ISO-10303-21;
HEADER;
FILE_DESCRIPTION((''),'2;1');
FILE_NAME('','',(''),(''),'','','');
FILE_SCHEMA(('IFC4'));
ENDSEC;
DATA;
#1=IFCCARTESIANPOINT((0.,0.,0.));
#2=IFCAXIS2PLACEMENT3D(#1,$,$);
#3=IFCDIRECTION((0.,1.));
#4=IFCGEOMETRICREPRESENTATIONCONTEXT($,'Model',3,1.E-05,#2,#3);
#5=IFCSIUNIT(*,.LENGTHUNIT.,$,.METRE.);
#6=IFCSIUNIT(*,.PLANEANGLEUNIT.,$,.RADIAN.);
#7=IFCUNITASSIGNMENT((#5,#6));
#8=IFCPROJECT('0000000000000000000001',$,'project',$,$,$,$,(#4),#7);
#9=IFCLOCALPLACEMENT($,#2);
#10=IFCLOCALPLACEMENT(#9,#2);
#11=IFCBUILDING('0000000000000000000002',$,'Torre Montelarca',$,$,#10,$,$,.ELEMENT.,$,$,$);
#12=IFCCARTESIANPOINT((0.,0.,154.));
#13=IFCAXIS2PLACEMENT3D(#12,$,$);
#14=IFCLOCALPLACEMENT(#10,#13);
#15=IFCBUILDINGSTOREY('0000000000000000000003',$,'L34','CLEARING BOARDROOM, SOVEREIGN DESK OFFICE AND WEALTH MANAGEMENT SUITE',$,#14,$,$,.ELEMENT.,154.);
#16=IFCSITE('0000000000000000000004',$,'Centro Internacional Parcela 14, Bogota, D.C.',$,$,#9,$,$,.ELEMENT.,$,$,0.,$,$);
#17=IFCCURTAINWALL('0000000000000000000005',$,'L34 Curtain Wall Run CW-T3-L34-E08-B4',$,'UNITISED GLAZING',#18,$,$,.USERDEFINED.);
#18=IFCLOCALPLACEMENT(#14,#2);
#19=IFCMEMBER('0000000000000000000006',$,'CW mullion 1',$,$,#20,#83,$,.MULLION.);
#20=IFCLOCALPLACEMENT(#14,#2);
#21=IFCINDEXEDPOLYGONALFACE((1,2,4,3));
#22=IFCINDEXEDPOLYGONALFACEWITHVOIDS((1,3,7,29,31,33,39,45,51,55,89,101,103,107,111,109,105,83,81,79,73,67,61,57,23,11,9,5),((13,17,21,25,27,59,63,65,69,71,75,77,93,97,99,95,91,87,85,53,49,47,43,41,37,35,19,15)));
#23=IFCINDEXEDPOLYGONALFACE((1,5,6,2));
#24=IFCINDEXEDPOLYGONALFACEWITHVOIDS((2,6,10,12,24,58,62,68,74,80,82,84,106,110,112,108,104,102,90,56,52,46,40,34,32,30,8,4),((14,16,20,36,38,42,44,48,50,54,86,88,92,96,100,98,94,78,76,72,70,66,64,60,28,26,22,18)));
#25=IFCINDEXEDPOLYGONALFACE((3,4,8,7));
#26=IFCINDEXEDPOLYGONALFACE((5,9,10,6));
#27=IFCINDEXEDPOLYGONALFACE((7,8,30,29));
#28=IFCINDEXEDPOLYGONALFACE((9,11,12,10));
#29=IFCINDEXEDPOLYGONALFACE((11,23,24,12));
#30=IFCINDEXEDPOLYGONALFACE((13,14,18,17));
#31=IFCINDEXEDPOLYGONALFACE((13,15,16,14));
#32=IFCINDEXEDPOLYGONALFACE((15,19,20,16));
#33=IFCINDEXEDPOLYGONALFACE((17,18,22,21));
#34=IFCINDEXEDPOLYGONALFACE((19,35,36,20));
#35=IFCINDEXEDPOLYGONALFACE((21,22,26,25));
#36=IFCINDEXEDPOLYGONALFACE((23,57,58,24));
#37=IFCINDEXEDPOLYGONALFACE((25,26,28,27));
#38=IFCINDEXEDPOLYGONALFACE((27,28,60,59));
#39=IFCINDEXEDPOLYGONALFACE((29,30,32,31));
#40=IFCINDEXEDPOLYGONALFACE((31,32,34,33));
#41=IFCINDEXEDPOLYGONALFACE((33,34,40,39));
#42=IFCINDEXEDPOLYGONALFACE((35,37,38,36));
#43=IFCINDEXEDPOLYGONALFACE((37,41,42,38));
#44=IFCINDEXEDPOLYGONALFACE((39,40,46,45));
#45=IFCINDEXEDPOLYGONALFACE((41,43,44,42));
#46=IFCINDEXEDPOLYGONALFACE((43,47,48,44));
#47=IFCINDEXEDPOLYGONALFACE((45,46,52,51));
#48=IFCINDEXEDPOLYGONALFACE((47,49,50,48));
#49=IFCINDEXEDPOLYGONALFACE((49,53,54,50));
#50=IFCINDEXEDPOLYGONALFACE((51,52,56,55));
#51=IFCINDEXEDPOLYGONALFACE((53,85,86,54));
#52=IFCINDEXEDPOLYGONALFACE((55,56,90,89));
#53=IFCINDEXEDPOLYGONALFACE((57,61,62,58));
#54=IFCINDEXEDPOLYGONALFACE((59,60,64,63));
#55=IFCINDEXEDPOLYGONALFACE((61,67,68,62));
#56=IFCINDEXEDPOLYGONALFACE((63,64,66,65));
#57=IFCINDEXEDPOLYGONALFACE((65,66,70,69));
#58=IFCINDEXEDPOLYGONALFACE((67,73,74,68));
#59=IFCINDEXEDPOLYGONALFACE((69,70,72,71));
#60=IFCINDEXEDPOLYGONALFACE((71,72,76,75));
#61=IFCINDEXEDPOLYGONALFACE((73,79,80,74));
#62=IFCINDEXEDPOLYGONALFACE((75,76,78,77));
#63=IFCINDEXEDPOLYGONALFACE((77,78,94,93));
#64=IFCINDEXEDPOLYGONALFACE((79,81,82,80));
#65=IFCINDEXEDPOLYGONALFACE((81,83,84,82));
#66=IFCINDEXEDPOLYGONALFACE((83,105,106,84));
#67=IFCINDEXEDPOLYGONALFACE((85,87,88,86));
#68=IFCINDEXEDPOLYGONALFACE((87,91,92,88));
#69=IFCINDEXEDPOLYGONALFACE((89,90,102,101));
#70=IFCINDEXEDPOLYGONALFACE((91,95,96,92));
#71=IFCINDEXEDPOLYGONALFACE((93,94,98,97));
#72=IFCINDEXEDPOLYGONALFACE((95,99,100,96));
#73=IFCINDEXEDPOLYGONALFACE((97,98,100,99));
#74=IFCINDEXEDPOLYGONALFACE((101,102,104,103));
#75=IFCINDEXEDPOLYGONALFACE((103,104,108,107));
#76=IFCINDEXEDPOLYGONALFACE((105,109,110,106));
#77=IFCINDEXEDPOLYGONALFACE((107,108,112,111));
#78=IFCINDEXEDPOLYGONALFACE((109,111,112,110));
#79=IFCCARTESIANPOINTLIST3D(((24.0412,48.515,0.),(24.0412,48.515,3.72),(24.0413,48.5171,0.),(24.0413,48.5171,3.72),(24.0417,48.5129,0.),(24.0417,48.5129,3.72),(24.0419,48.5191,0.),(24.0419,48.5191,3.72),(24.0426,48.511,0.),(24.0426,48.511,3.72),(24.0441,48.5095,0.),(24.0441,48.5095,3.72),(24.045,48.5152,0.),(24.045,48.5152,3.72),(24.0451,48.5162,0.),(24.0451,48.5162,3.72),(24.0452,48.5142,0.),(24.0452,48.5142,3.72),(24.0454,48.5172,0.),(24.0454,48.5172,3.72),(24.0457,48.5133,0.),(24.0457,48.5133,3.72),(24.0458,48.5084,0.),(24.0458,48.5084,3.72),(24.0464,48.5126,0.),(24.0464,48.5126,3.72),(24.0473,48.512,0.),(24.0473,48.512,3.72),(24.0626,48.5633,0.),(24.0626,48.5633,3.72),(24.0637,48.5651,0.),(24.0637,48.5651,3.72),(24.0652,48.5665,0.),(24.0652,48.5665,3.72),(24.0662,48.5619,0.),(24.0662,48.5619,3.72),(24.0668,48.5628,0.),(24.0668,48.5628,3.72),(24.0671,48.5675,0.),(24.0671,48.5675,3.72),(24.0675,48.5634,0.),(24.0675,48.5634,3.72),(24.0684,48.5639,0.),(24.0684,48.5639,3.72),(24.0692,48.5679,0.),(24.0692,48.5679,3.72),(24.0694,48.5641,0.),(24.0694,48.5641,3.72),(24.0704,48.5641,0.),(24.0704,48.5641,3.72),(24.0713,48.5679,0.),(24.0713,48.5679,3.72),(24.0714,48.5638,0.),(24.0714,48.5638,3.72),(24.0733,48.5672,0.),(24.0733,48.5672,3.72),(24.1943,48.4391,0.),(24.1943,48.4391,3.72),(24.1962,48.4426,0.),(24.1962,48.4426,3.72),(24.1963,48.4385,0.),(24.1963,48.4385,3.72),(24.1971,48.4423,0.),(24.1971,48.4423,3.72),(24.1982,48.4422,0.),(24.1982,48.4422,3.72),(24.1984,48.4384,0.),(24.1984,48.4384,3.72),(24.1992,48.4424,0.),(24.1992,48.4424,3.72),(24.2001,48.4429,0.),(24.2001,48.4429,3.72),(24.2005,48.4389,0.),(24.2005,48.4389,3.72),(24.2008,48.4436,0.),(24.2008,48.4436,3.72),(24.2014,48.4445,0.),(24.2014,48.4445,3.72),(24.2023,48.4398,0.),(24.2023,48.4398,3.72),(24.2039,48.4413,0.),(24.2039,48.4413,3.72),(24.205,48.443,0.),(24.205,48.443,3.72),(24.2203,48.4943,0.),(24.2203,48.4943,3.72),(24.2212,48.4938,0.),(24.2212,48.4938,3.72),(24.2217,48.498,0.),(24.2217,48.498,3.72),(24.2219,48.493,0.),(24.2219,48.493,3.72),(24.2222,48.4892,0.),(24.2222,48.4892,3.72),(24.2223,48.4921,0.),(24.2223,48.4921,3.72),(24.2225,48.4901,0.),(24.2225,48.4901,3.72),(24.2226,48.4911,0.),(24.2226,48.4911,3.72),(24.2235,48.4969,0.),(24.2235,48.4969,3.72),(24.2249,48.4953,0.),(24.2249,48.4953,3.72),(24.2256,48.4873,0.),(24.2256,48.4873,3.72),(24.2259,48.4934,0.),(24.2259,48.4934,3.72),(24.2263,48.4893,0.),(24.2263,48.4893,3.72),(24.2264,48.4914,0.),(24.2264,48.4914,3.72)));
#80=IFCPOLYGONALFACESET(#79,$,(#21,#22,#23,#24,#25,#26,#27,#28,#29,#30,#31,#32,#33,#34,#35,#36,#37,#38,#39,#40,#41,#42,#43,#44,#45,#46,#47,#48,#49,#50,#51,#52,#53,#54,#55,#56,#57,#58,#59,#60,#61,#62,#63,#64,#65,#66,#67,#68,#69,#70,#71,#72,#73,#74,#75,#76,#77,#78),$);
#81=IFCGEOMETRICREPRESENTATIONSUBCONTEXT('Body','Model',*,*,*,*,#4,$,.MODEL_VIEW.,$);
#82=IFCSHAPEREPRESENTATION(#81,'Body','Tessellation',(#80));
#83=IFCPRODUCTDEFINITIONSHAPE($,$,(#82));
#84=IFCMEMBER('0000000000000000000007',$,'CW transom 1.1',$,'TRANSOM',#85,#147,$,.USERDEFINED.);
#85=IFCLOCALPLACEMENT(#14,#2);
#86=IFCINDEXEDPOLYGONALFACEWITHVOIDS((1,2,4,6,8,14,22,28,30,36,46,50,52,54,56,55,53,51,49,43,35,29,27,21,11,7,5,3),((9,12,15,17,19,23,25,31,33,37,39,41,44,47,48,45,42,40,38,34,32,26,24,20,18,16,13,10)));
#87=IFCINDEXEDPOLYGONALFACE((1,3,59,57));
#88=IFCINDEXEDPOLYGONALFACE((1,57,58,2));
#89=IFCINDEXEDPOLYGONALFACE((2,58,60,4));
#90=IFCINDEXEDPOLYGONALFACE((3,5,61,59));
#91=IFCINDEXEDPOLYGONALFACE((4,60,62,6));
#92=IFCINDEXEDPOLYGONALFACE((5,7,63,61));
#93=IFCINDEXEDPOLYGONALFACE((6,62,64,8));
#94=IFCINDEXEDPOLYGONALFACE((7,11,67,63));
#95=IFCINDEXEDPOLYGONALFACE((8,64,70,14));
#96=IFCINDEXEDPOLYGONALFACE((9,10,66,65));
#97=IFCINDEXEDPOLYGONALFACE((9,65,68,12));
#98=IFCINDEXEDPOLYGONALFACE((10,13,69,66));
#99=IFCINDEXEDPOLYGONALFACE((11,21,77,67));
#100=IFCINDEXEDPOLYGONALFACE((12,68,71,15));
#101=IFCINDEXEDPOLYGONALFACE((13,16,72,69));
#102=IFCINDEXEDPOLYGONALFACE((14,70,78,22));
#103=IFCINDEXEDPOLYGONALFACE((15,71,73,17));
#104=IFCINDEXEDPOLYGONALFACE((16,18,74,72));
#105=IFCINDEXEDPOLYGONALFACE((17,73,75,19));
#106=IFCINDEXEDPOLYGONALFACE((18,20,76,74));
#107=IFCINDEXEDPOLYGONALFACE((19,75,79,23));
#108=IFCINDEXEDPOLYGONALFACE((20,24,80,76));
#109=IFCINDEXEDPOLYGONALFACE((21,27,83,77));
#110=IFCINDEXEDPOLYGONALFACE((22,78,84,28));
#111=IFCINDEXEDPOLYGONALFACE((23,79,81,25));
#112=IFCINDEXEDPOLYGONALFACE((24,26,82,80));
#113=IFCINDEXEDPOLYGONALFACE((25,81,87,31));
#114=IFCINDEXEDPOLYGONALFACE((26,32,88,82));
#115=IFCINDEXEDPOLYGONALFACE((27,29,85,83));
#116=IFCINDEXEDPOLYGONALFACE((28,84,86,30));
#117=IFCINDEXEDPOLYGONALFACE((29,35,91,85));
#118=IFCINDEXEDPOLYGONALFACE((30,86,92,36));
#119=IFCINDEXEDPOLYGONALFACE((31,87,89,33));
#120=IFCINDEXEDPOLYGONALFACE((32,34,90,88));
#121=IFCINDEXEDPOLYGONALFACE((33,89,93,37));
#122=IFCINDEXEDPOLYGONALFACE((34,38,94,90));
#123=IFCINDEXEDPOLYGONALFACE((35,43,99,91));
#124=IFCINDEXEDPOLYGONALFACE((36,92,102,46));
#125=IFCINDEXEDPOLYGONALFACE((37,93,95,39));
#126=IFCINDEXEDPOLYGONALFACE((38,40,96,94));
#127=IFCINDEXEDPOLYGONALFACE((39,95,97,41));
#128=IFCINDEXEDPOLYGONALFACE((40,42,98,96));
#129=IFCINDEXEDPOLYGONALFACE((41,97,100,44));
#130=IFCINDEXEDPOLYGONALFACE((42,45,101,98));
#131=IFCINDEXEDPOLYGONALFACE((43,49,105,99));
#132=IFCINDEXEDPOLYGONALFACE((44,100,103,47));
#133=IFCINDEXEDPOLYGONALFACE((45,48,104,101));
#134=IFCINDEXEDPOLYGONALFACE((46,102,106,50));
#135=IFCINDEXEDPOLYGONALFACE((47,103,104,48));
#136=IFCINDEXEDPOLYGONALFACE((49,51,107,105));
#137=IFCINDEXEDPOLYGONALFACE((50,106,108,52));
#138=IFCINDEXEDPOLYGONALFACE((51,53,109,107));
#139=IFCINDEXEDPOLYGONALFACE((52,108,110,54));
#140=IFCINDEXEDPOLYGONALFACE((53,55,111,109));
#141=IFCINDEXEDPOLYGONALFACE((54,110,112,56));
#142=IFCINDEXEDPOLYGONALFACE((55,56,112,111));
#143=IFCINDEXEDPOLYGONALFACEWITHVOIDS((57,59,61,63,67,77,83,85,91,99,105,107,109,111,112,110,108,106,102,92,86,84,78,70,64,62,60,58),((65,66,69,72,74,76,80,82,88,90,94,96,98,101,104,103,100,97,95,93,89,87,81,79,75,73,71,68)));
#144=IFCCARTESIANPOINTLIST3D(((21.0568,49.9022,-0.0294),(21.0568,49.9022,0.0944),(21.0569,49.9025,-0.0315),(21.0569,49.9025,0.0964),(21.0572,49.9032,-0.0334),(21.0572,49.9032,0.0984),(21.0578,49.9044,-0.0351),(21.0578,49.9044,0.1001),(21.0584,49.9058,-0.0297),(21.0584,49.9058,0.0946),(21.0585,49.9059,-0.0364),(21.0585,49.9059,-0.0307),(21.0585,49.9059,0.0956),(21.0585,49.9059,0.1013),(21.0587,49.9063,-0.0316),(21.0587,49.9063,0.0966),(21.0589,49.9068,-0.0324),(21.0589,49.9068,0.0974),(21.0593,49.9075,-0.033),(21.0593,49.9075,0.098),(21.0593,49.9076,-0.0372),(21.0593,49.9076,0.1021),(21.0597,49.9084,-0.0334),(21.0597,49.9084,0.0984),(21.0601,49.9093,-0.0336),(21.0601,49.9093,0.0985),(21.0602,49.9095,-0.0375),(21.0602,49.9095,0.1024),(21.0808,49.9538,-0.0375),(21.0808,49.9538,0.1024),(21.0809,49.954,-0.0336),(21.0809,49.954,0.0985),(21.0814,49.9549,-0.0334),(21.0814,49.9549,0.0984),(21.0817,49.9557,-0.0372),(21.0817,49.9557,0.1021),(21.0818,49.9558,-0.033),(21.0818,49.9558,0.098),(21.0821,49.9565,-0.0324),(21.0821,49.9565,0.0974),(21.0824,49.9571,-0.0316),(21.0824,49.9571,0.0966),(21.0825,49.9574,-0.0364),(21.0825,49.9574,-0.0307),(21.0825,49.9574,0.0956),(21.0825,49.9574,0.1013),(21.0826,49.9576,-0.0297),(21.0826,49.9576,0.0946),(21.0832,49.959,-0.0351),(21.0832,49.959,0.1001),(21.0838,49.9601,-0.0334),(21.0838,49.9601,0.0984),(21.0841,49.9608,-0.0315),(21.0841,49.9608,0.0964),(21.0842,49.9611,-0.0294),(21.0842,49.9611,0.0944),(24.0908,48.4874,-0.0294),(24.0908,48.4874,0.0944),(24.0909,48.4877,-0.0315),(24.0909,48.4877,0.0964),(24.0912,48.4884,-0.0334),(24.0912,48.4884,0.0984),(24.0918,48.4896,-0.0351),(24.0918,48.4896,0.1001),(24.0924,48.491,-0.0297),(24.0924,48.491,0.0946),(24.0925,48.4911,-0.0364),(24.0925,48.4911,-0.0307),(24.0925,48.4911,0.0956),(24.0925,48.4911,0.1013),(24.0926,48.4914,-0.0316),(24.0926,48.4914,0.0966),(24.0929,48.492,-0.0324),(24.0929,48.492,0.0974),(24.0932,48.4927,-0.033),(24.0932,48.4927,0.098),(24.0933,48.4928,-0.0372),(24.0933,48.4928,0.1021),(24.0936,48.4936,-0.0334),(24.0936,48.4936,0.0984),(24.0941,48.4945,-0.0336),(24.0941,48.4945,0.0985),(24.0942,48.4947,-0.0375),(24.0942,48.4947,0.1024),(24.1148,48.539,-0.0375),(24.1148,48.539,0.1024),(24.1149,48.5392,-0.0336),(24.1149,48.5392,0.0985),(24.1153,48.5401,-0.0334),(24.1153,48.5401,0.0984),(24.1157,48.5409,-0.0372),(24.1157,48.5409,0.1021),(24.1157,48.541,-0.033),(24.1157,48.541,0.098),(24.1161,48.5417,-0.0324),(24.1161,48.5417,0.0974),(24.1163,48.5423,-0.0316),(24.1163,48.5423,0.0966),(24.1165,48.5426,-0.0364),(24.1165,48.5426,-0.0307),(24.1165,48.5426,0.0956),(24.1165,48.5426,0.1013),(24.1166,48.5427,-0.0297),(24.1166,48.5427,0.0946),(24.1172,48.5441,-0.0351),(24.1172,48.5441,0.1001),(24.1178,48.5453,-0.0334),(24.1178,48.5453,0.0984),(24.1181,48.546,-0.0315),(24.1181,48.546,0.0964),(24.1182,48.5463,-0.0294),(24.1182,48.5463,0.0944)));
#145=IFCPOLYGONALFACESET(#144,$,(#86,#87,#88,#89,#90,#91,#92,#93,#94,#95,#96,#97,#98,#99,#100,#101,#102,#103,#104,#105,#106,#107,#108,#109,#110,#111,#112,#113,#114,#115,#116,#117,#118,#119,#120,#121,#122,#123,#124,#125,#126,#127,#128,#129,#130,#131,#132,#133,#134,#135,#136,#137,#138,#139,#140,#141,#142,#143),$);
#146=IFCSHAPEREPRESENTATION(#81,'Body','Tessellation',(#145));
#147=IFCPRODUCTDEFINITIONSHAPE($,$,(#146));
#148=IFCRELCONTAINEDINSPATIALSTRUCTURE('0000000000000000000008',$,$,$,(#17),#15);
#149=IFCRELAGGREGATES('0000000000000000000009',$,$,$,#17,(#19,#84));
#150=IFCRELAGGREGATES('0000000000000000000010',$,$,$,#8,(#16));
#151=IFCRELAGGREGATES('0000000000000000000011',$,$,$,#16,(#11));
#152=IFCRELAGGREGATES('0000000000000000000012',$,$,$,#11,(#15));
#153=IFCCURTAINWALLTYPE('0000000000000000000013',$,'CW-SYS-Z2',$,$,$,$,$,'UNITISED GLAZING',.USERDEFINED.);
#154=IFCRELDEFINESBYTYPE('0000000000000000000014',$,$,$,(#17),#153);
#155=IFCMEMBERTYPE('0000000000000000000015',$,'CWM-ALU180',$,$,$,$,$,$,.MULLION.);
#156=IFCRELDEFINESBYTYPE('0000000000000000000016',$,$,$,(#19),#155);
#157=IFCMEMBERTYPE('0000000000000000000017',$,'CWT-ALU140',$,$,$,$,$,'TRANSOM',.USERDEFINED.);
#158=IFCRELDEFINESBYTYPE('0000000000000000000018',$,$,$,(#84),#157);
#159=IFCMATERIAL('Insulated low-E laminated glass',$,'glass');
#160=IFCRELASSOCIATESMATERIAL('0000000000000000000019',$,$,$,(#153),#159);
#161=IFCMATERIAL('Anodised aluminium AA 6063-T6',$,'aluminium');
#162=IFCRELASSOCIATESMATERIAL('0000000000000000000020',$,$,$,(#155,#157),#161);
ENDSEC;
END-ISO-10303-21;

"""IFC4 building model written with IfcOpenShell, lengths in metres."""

from ifc_helpers import new_model, si_unit, direction, frame, origin, origin_2d, place, context, subcontext, project, spatial, hollow_rectangle, extrude, source, transform, mapped, material, material_profile, profile_set, type_object, element, aggregate, save


model = new_model("IFC4")

# Units and contexts
model_context = context("Model", 3, precision=1e-05, world=origin(), true_north=direction((0.0, 1.0)))
body_context = subcontext(model_context, "Body", "Model", "MODEL_VIEW")
ifc_project = project(units=[si_unit("LENGTHUNIT", "METRE"), si_unit("PLANEANGLEUNIT", "RADIAN")], contexts=[model_context])

# Site, building, storey
site_placement = place(None, origin())
site = spatial("IfcSite", under=ifc_project, at=site_placement, Name="Centro Internacional Parcela 14, Bogota, D.C.", CompositionType="ELEMENT", RefElevation=0.0)
building_placement = place(site_placement, origin())
building = spatial("IfcBuilding", under=site, at=building_placement, Name="Torre Montelarca", CompositionType="ELEMENT")
storey_placement = place(building_placement, frame((0.0, 0.0, 154.0)))
storey = spatial("IfcBuildingStorey", under=building, at=storey_placement, Name="L34", Description="CLEARING BOARDROOM, SOVEREIGN DESK OFFICE AND WEALTH MANAGEMENT SUITE", CompositionType="ELEMENT", Elevation=154.0)

# Shared definitions
ifc_material_1 = material(Name="Insulated low-E laminated glass", Category="glass")
curtain_wall_type = type_object("IfcCurtainWallType", Name="CW-SYS-Z2", ElementType="UNITISED GLAZING", PredefinedType="USERDEFINED", material=ifc_material_1)
ifc_material_2 = material(Name="Anodised aluminium AA 6063-T6", Category="aluminium")
ifc_material_profile_1 = material_profile(ifc_material_2, hollow_rectangle(XDim=0.0649, YDim=0.1799, WallThickness=0.0039, InnerFilletRadius=0.0039, OuterFilletRadius=0.0081, at=origin_2d()), Name="ALU65X180X4", Category="aluminium")
ifc_profile_set_1 = profile_set([ifc_material_profile_1], Name="Anodised aluminium AA 6063-T6")
member_type_1 = type_object("IfcMemberType", Name="CWM-ALU180", PredefinedType="MULLION", material=ifc_profile_set_1)
shared_shape_1 = source(origin(), body_context, "Body", "SweptSolid", [
    extrude(hollow_rectangle(XDim=0.0649, YDim=0.1799, WallThickness=0.0039, InnerFilletRadius=0.0039, OuterFilletRadius=0.0081, at=origin_2d()), origin(), (0.0, 0.0, 1.0), 3.72),
])

# Curtain wall, members
curtain_wall_1_placement = place(storey_placement, origin())
curtain_wall_1 = element("IfcCurtainWall", 1, at=curtain_wall_1_placement, inside=storey, type_object=curtain_wall_type, Name="L34 Curtain Wall Run CW-T3-L34-E08-B4", ObjectType="UNITISED GLAZING", PredefinedType="USERDEFINED")
member_1_placement = place(storey_placement, frame((24.1338, 48.5032, 0.0), z_axis=(0.0, 0.0, 1.0), x_axis=(-0.422606, -0.906314, 0.0)))
member_1 = element("IfcMember", 2, at=member_1_placement, type_object=member_type_1, Name="CW mullion 1", PredefinedType="MULLION", context=body_context, shape_type="MappedRepresentation", body=[
    mapped(shared_shape_1, transform((0.0, 0.0, 0.0), scale=1.0)),
])
ifc_material_profile_2 = material_profile(ifc_material_2, hollow_rectangle(XDim=0.0649, YDim=0.1399, WallThickness=0.0039, InnerFilletRadius=0.0039, OuterFilletRadius=0.0081, at=origin_2d()), Name="ALU65X140X4", Category="aluminium")
ifc_profile_set_2 = profile_set([ifc_material_profile_2], Name="Anodised aluminium AA 6063-T6")
member_type_2 = type_object("IfcMemberType", Name="CWT-ALU140", ElementType="TRANSOM", PredefinedType="USERDEFINED", material=ifc_profile_set_2)
shared_shape_2 = source(origin(), body_context, "Body", "SweptSolid", [
    extrude(hollow_rectangle(XDim=0.0649, YDim=0.1399, WallThickness=0.0039, InnerFilletRadius=0.0039, OuterFilletRadius=0.0081, at=origin_2d()), origin(), (0.0, 0.0, 1.0), 3.3477),
])
member_2_placement = place(storey_placement, frame((24.1045, 48.5168, 0.0325), z_axis=(-0.906302, 0.42263, 0.0), x_axis=(-0.42263, -0.906302, 0.0)))
member_2 = element("IfcMember", 3, at=member_2_placement, type_object=member_type_2, Name="CW transom 1.1", ObjectType="TRANSOM", PredefinedType="USERDEFINED", context=body_context, shape_type="MappedRepresentation", body=[
    mapped(shared_shape_2, transform((0.0, 0.0, 0.0), scale=1.0)),
])
aggregate(curtain_wall_1, [member_1, member_2])

save(model, "model.ifc")
